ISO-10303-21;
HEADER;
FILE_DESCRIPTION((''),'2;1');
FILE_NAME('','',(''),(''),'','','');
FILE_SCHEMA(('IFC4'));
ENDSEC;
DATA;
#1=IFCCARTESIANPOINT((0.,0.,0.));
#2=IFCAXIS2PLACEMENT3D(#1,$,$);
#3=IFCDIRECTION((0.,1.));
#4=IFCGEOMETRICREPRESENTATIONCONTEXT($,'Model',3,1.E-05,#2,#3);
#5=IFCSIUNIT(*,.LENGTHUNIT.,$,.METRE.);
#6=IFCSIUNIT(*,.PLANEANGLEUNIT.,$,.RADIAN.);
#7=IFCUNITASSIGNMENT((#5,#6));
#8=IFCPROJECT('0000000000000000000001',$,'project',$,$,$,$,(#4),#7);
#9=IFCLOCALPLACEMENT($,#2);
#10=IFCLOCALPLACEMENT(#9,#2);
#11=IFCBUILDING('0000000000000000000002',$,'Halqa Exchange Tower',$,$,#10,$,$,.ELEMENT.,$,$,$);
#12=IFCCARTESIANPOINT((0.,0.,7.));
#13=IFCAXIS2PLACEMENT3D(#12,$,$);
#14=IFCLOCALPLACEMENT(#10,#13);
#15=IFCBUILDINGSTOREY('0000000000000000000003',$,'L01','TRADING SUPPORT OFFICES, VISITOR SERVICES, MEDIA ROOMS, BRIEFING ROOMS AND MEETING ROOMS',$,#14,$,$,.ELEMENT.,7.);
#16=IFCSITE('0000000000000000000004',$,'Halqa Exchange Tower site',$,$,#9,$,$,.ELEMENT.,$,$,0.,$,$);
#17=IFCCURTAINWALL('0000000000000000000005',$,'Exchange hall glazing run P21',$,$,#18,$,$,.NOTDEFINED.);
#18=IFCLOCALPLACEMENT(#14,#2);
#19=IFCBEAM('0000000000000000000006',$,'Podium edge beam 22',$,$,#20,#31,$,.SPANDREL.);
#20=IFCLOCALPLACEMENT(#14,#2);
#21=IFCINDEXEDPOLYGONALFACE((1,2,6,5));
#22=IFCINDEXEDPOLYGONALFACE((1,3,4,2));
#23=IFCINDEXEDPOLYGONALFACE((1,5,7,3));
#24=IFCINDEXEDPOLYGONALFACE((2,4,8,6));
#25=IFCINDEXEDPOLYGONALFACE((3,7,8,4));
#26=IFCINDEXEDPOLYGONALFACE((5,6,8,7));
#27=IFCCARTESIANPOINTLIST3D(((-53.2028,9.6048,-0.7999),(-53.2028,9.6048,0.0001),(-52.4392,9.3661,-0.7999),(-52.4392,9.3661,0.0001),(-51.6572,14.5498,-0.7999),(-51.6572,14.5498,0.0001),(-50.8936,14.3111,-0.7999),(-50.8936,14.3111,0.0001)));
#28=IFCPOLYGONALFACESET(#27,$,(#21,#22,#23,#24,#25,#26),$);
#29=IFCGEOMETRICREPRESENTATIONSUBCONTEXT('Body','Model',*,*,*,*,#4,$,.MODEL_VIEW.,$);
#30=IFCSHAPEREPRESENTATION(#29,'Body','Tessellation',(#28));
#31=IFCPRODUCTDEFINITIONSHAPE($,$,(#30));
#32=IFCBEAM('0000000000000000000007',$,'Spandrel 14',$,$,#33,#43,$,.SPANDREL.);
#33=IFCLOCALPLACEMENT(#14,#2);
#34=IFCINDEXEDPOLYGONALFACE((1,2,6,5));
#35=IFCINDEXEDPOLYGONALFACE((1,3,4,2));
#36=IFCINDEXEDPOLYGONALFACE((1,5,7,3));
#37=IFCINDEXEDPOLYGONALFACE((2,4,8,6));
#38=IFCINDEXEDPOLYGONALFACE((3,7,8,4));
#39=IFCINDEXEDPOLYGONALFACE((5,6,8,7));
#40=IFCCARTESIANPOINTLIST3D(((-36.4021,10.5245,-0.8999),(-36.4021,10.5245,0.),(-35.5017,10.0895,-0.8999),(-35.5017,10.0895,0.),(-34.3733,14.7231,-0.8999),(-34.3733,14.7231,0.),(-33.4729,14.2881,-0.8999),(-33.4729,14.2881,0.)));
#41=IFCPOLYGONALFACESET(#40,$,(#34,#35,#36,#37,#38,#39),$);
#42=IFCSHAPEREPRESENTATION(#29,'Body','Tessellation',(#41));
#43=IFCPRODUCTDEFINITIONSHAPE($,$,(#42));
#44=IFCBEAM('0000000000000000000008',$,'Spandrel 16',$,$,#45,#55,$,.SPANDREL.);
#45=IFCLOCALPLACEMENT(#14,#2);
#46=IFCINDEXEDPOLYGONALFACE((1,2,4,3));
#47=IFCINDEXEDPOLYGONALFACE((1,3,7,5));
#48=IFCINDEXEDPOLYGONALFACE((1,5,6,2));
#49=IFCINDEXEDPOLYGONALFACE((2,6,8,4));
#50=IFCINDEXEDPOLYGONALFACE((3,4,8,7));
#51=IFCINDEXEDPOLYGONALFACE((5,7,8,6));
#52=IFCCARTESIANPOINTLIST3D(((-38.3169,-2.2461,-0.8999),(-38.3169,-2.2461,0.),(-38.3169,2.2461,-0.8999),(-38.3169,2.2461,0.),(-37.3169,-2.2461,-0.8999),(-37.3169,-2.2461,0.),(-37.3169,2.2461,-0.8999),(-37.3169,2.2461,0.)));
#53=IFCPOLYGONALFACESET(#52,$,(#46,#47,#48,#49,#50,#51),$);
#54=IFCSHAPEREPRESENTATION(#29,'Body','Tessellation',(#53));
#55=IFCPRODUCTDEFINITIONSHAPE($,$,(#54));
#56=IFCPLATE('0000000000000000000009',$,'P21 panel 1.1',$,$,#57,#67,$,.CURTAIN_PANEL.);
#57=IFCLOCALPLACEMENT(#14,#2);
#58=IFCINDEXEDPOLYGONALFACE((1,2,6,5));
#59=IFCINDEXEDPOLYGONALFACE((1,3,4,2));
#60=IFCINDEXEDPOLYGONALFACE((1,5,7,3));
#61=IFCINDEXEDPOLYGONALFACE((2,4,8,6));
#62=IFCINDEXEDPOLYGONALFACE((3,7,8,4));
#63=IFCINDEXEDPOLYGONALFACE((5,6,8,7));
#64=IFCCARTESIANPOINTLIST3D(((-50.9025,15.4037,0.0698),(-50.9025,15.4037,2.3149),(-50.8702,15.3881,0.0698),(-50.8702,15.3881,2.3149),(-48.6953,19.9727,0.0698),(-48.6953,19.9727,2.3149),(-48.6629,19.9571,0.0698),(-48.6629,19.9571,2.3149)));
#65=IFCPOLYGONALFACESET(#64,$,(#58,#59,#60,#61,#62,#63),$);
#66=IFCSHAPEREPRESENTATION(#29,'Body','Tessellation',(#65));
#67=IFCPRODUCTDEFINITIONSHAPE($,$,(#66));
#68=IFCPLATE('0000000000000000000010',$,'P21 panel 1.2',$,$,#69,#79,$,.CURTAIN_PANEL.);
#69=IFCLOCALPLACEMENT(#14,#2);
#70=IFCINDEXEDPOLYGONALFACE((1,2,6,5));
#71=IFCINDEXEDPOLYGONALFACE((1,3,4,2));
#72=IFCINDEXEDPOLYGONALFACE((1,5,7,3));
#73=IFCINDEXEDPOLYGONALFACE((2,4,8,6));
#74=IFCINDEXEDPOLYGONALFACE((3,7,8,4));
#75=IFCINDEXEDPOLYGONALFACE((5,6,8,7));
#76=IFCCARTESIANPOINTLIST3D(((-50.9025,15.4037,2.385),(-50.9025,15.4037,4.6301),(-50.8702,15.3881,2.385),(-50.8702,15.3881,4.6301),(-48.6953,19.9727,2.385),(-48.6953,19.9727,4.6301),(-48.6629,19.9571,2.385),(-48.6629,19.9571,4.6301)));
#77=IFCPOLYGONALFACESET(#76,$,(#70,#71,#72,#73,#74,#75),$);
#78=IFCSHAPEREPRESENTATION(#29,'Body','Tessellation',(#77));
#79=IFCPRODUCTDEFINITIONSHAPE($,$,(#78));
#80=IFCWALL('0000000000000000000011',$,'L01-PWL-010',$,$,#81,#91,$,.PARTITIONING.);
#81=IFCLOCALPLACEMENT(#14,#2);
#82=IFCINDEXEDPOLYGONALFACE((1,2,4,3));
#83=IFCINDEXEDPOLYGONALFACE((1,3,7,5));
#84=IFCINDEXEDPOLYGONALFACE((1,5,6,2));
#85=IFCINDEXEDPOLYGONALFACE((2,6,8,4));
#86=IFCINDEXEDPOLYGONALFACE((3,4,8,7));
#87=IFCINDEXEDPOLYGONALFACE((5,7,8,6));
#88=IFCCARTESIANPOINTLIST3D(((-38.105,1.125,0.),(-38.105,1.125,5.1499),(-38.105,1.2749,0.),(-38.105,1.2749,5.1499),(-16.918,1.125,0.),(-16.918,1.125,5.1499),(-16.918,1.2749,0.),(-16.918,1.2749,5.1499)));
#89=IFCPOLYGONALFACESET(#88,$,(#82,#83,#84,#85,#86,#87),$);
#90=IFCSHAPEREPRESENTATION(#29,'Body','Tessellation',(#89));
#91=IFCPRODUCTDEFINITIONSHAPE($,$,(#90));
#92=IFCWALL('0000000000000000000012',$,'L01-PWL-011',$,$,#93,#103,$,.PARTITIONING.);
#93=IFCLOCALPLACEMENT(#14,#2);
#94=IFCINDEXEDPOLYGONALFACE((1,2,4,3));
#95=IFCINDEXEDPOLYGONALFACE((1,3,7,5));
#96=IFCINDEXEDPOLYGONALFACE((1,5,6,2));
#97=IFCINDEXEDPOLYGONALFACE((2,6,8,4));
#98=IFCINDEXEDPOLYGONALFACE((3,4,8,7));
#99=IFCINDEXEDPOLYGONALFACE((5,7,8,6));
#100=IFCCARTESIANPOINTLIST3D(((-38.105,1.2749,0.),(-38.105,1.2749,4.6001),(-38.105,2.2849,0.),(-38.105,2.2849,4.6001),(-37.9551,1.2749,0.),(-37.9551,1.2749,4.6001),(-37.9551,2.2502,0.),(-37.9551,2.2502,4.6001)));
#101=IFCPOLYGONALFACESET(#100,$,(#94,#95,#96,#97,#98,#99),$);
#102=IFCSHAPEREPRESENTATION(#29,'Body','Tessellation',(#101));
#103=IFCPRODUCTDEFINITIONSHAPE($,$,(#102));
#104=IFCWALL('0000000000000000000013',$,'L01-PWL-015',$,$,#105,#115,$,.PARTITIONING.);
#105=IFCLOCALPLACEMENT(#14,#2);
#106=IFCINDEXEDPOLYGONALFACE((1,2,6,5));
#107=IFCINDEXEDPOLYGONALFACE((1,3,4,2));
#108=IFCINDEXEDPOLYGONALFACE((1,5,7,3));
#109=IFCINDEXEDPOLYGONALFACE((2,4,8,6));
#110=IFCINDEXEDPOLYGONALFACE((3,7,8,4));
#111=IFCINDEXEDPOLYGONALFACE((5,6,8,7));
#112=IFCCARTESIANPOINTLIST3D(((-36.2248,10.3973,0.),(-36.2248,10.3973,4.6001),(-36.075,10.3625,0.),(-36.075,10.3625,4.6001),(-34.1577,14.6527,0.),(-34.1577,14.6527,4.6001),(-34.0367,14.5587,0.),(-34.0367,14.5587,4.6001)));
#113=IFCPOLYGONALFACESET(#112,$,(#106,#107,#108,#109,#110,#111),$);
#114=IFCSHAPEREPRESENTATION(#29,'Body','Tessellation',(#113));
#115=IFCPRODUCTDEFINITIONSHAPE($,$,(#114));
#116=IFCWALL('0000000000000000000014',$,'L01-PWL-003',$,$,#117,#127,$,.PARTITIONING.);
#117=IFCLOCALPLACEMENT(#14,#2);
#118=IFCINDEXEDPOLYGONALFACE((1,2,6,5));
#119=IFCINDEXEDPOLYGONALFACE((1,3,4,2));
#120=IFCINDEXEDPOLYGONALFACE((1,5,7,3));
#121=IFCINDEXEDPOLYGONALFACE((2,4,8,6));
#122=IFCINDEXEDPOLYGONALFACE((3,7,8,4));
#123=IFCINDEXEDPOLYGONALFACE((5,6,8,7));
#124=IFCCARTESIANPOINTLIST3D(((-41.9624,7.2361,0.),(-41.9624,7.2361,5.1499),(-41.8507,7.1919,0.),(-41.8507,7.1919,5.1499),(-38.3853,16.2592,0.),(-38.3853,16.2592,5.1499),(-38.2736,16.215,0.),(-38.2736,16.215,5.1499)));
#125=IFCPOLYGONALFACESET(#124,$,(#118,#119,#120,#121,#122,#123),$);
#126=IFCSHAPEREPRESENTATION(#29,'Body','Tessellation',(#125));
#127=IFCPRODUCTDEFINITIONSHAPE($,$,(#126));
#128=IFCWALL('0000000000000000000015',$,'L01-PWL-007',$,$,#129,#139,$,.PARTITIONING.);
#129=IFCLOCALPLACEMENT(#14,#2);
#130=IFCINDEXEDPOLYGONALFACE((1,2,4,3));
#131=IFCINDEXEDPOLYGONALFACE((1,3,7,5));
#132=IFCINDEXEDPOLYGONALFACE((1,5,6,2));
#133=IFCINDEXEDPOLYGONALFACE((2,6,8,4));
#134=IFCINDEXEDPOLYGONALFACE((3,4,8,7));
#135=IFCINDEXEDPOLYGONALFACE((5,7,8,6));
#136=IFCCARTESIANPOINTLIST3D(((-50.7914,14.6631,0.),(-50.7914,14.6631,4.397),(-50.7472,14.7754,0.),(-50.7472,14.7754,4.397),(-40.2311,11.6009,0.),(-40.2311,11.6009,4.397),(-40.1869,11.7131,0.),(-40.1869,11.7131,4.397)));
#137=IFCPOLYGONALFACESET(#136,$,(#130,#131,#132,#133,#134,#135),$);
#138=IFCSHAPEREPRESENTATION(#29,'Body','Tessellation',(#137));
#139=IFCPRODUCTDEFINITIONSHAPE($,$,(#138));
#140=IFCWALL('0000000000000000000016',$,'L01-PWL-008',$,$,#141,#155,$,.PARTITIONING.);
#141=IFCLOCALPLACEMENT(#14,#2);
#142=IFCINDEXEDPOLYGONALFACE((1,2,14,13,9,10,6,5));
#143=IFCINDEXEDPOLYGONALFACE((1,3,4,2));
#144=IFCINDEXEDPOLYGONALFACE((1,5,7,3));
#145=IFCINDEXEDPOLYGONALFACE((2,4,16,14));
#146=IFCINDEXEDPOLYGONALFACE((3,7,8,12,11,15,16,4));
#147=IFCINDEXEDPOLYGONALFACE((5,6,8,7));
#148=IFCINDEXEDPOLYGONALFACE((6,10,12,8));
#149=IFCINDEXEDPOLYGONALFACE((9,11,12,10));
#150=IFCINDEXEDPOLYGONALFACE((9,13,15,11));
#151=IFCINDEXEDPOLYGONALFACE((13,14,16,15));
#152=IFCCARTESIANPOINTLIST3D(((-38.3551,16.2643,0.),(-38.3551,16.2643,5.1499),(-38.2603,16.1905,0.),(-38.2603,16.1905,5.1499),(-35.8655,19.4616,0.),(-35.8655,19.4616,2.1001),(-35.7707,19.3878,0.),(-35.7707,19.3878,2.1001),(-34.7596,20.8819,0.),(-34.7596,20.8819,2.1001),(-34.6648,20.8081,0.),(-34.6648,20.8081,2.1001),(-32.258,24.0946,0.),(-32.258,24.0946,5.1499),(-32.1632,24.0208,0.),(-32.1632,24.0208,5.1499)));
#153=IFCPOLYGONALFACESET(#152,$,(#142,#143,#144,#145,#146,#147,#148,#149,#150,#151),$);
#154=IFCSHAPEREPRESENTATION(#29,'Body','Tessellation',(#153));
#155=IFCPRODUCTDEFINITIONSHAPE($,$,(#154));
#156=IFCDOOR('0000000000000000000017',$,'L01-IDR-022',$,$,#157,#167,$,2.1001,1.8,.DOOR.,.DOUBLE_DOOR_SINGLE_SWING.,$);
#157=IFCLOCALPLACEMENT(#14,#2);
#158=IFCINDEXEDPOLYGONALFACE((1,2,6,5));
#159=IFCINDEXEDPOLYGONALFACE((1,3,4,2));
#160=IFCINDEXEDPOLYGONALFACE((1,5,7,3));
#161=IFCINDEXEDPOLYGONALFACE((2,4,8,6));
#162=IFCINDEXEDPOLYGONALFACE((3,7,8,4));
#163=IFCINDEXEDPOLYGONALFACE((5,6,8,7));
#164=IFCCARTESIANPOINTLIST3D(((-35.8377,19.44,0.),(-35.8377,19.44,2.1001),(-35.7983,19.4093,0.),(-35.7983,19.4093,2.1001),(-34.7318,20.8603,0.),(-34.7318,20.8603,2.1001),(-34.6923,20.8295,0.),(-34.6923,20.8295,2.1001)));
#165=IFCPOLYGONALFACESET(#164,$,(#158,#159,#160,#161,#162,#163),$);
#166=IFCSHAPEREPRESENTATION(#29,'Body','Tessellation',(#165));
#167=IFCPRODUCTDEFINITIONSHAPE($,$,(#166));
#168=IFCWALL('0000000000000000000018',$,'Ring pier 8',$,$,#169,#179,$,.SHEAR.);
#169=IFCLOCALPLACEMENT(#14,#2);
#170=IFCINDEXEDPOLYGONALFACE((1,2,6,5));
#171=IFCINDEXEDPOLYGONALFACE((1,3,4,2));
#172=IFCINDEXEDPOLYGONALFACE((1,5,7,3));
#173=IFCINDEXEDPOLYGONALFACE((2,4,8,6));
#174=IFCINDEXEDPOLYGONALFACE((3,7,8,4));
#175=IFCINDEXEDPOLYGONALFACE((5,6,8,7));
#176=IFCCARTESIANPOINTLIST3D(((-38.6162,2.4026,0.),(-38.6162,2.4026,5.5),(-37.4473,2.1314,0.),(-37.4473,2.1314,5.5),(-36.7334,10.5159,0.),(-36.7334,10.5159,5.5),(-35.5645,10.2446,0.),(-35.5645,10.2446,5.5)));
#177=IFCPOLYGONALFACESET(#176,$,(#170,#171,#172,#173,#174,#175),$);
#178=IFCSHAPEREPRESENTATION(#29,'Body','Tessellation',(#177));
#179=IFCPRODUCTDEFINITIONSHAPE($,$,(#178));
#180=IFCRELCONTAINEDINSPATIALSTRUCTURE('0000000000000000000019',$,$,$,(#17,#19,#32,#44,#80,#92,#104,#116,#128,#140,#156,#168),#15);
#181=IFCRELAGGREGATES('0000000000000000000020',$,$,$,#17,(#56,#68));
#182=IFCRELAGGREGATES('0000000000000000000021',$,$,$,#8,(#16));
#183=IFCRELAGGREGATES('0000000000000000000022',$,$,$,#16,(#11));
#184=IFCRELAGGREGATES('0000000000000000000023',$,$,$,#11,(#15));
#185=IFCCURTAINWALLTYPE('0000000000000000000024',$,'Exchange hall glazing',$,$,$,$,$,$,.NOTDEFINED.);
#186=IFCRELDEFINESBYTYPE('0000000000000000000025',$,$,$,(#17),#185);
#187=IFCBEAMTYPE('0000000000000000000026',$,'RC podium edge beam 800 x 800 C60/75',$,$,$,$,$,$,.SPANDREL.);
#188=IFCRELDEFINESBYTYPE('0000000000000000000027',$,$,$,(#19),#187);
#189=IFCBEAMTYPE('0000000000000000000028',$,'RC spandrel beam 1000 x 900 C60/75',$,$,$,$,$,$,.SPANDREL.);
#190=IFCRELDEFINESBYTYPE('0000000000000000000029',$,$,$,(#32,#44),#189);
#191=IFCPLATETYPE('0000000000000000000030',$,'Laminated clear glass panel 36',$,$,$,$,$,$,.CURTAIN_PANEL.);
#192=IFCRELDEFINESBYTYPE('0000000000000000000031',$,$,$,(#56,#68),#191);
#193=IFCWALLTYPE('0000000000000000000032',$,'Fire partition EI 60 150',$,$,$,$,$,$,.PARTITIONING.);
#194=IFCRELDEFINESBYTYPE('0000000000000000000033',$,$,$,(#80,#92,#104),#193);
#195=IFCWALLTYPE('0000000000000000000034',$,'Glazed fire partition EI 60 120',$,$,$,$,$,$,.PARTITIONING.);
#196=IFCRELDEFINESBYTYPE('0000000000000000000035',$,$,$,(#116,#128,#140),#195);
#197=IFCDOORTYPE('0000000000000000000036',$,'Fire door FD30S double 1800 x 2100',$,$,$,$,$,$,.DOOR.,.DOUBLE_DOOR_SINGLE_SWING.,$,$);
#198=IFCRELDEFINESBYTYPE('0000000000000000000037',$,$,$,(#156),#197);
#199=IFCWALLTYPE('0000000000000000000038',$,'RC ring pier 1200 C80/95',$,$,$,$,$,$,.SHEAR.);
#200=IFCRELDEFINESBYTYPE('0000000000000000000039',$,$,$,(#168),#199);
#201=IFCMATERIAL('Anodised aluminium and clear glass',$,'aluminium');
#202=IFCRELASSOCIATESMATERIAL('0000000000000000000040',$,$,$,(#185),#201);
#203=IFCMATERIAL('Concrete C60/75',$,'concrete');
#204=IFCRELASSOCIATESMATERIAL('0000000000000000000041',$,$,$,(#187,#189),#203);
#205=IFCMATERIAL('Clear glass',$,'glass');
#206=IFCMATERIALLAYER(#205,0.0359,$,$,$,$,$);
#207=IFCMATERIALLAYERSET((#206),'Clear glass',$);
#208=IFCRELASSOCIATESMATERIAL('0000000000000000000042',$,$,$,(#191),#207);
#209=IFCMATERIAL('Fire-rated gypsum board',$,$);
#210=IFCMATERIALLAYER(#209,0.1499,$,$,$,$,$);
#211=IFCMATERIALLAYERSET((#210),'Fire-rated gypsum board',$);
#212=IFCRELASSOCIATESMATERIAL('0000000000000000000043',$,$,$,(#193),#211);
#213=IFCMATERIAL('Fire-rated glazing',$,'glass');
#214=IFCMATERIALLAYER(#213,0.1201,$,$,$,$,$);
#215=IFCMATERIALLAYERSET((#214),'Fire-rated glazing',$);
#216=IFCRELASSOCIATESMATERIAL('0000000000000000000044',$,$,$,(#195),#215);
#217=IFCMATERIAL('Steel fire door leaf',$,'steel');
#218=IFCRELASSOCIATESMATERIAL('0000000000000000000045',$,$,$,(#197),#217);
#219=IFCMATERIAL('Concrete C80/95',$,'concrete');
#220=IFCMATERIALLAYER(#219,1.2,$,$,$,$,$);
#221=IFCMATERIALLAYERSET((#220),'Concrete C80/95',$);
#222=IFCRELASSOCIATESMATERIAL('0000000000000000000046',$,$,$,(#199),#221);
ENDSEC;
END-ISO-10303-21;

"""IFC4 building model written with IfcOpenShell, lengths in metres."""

from ifc_helpers import new_model, si_unit, direction, frame, frame_2d, origin, origin_2d, place, context, subcontext, project, spatial, polyline, rectangle, outline, extrude, material, layer, layer_set, material_profile, profile_set, type_object, element, fill, aggregate, save


model = new_model("IFC4")

# Units and contexts
model_context = context("Model", 3, precision=1e-05, world=origin(), true_north=direction((0.0, 1.0)))
body_context = subcontext(model_context, "Body", "Model", "MODEL_VIEW")
ifc_project = project(units=[si_unit("LENGTHUNIT", "METRE"), si_unit("PLANEANGLEUNIT", "RADIAN")], contexts=[model_context])

# Site, building, storey
site_placement = place(None, origin())
site = spatial("IfcSite", under=ifc_project, at=site_placement, Name="Halqa Exchange Tower site", CompositionType="ELEMENT", RefElevation=0.0)
building_placement = place(site_placement, origin())
building = spatial("IfcBuilding", under=site, at=building_placement, Name="Halqa Exchange Tower", CompositionType="ELEMENT")
storey_placement = place(building_placement, frame((0.0, 0.0, 7.0)))
storey = spatial("IfcBuildingStorey", under=building, at=storey_placement, Name="L01", Description="TRADING SUPPORT OFFICES, VISITOR SERVICES, MEDIA ROOMS, BRIEFING ROOMS AND MEETING ROOMS", CompositionType="ELEMENT", Elevation=7.0)

# Shared definitions
ifc_material_1 = material(Name="Concrete C60/75", Category="concrete")

# Curtain wall
ifc_material_2 = material(Name="Anodised aluminium and clear glass", Category="aluminium")
curtain_wall_type = type_object("IfcCurtainWallType", Name="Exchange hall glazing", PredefinedType="NOTDEFINED", material=ifc_material_2)
curtain_wall_placement = place(storey_placement, origin())
curtain_wall = element("IfcCurtainWall", 1, at=curtain_wall_placement, inside=storey, type_object=curtain_wall_type, Name="Exchange hall glazing run P21", PredefinedType="NOTDEFINED")

# Beams
ifc_material_profile_1 = material_profile(ifc_material_1, rectangle(XDim=0.8, YDim=0.8, at=origin_2d()), Name="800 x 800")
ifc_profile_set_1 = profile_set([ifc_material_profile_1], Name="Concrete C60/75")
beam_type_1 = type_object("IfcBeamType", Name="RC podium edge beam 800 x 800 C60/75", PredefinedType="SPANDREL", material=ifc_profile_set_1)
beam_1_placement = place(storey_placement, frame((-51.2754, 14.4304, -0.3999), z_axis=(-0.298331, -0.954462, 0.0), x_axis=(0.954462, -0.298331, 0.0)))
element("IfcBeam", 2, at=beam_1_placement, inside=storey, type_object=beam_type_1, Name="Podium edge beam 22", PredefinedType="SPANDREL", context=body_context, shape_type="SweptSolid", body=[
    extrude(rectangle(XDim=0.8, YDim=0.8, at=origin_2d()), origin(), (0.0, 0.0, 1.0), 5.1809),
])
ifc_material_profile_2 = material_profile(ifc_material_1, rectangle(XDim=1.0, YDim=0.8999, at=origin_2d()), Name="1000 x 900")
ifc_profile_set_2 = profile_set([ifc_material_profile_2], Name="Concrete C60/75")
beam_type_2 = type_object("IfcBeamType", Name="RC spandrel beam 1000 x 900 C60/75", PredefinedType="SPANDREL", material=ifc_profile_set_2)
beam_2_placement = place(storey_placement, frame((-33.9231, 14.5056, -0.45), z_axis=(-0.435068, -0.900397, 0.0), x_axis=(0.900397, -0.435068, 0.0)))
element("IfcBeam", 3, at=beam_2_placement, inside=storey, type_object=beam_type_2, Name="Spandrel 14", PredefinedType="SPANDREL", context=body_context, shape_type="SweptSolid", body=[
    extrude(rectangle(XDim=1.0, YDim=0.8999, at=origin_2d()), origin(), (0.0, 0.0, 1.0), 4.6631),
])
beam_3_placement = place(storey_placement, frame((-37.8169, 2.2461, -0.45), z_axis=(0.0, -1.0, 0.0), x_axis=(1.0, 0.0, 0.0)))
element("IfcBeam", 4, at=beam_3_placement, inside=storey, type_object=beam_type_2, Name="Spandrel 16", PredefinedType="SPANDREL", context=body_context, shape_type="SweptSolid", body=[
    extrude(rectangle(XDim=1.0, YDim=0.8999, at=origin_2d()), origin(), (0.0, 0.0, 1.0), 4.4922),
])

# Plates
ifc_material_3 = material(Name="Clear glass", Category="glass")
ifc_layer_1 = layer(ifc_material_3, 0.0359)
ifc_layer_set_1 = layer_set([ifc_layer_1], Name="Clear glass")
plate_type = type_object("IfcPlateType", Name="Laminated clear glass panel 36", PredefinedType="CURTAIN_PANEL", material=ifc_layer_set_1)
plate_1_placement = place(storey_placement, frame((-49.7827, 17.6804, 0.0698), z_axis=(0.0, 0.0, 1.0), x_axis=(-0.43499, -0.900435, 0.0)))
plate_1 = element("IfcPlate", 5, at=plate_1_placement, type_object=plate_type, Name="P21 panel 1.1", PredefinedType="CURTAIN_PANEL", context=body_context, shape_type="SweptSolid", body=[
    extrude(rectangle(XDim=5.0742, YDim=0.0359, at=origin_2d()), origin(), (0.0, 0.0, 1.0), 2.2451),
])
plate_2_placement = place(storey_placement, frame((-49.7827, 17.6804, 2.385), z_axis=(0.0, 0.0, 1.0), x_axis=(-0.43499, -0.900435, 0.0)))
plate_2 = element("IfcPlate", 6, at=plate_2_placement, type_object=plate_type, Name="P21 panel 1.2", PredefinedType="CURTAIN_PANEL", context=body_context, shape_type="SweptSolid", body=[
    extrude(rectangle(XDim=5.0742, YDim=0.0359, at=origin_2d()), origin(), (0.0, 0.0, 1.0), 2.2451),
])
aggregate(curtain_wall, [plate_1, plate_2])

# Walls
ifc_material_4 = material(Name="Fire-rated gypsum board")
ifc_layer_2 = layer(ifc_material_4, 0.1499)
ifc_layer_set_2 = layer_set([ifc_layer_2], Name="Fire-rated gypsum board")
wall_type_1 = type_object("IfcWallType", Name="Fire partition EI 60 150", PredefinedType="PARTITIONING", material=ifc_layer_set_2)
wall_1_placement = place(storey_placement, frame((-38.105, 1.2, 0.0), z_axis=(0.0, 0.0, 1.0), x_axis=(1.0, 0.0, 0.0)))
element("IfcWall", 7, at=wall_1_placement, inside=storey, type_object=wall_type_1, Name="L01-PWL-010", PredefinedType="PARTITIONING", context=body_context, shape_type="SweptSolid", body=[
    extrude(rectangle(XDim=21.187, YDim=0.1499, at=frame_2d((10.5935, 0.0))), origin(), (0.0, 0.0, 1.0), 5.1499),
])
wall_2_placement = place(storey_placement, frame((-38.03, 2.2676, 0.0), z_axis=(0.0, 0.0, 1.0), x_axis=(0.0, -1.0, 0.0)))
element("IfcWall", 8, at=wall_2_placement, inside=storey, type_object=wall_type_1, Name="L01-PWL-011", PredefinedType="PARTITIONING", context=body_context, shape_type="SweptSolid", body=[
    extrude(outline(polyline([(-0.0173, -0.075), (0.9927, -0.075), (0.9927, 0.075), (0.0173, 0.075), (-0.0173, -0.075)])), origin(), (0.0, 0.0, 1.0), 4.6001),
])
wall_3_placement = place(storey_placement, frame((-34.0972, 14.6057, 0.0), z_axis=(0.0, 0.0, 1.0), x_axis=(-0.436936, -0.899492, 0.0)))
element("IfcWall", 9, at=wall_3_placement, inside=storey, type_object=wall_type_1, Name="L01-PWL-015", PredefinedType="PARTITIONING", context=body_context, shape_type="SweptSolid", body=[
    extrude(outline(polyline([(-0.0159, -0.075), (4.7151, -0.075), (4.6809, 0.075), (0.0159, 0.075), (-0.0159, -0.075)])), origin(), (0.0, 0.0, 1.0), 4.6001),
])
ifc_material_5 = material(Name="Fire-rated glazing", Category="glass")
ifc_layer_3 = layer(ifc_material_5, 0.1201)
ifc_layer_set_3 = layer_set([ifc_layer_3], Name="Fire-rated glazing")
wall_type_2 = type_object("IfcWallType", Name="Glazed fire partition EI 60 120", PredefinedType="PARTITIONING", material=ifc_layer_set_3)
wall_4_placement = place(storey_placement, frame((-41.9065, 7.2141, 0.0), z_axis=(0.0, 0.0, 1.0), x_axis=(0.368535, 0.929614, 0.0)))
element("IfcWall", 10, at=wall_4_placement, inside=storey, type_object=wall_type_2, Name="L01-PWL-003", PredefinedType="PARTITIONING", context=body_context, shape_type="SweptSolid", body=[
    extrude(rectangle(XDim=9.7063, YDim=0.1201, at=frame_2d((4.853, 0.0))), origin(), (0.0, 0.0, 1.0), 5.1499),
])
wall_5_placement = place(storey_placement, frame((-40.209, 11.657, 0.0), z_axis=(0.0, 0.0, 1.0), x_axis=(-0.960435, 0.278505, 0.0)))
element("IfcWall", 11, at=wall_5_placement, inside=storey, type_object=wall_type_2, Name="L01-PWL-007", PredefinedType="PARTITIONING", context=body_context, shape_type="SweptSolid", body=[
    extrude(outline(polyline([(-0.0056, -0.0601), (10.9897, -0.0601), (11.001, 0.0601), (0.0056, 0.0601), (-0.0056, -0.0601)])), origin(), (0.0, 0.0, 1.0), 4.397),
])

# Wall, opening, door
wall_6_placement = place(storey_placement, frame((-38.3076, 16.2275, 0.0), z_axis=(0.0, 0.0, 1.0), x_axis=(0.614375, 0.789014, 0.0)))
wall_6 = element("IfcWall", 12, at=wall_6_placement, inside=storey, type_object=wall_type_2, Name="L01-PWL-008", PredefinedType="PARTITIONING", context=body_context, shape_type="SweptSolid", body=[
    extrude(rectangle(XDim=9.9241, YDim=0.1201, at=frame_2d((4.9619, 0.0))), origin(), (0.0, 0.0, 1.0), 5.1499),
])
opening_placement = place(wall_6_placement, frame((4.0522, 0.0, 0.0)))
opening = element("IfcOpeningElement", 13, at=opening_placement, cuts=wall_6, PredefinedType="OPENING", context=body_context, shape_type="SweptSolid", body=[
    extrude(rectangle(XDim=1.8, YDim=2.1001, at=frame_2d((0.8999, 1.05))), frame((0.0, 0.072, 0.0), z_axis=(0.0, -1.0, 0.0), x_axis=(1.0, 0.0, 0.0)), (0.0, 0.0, 1.0), 0.144),
])
ifc_material_6 = material(Name="Steel fire door leaf", Category="steel")
door_type = type_object("IfcDoorType", Name="Fire door FD30S double 1800 x 2100", OperationType="DOUBLE_DOOR_SINGLE_SWING", PredefinedType="DOOR", material=ifc_material_6)
door_placement = place(opening_placement, origin())
door = element("IfcDoor", 14, at=door_placement, inside=storey, type_object=door_type, Name="L01-IDR-022", OperationType="DOUBLE_DOOR_SINGLE_SWING", OverallHeight=2.1001, OverallWidth=1.8, PredefinedType="DOOR", context=body_context, shape_type="SweptSolid", body=[
    extrude(rectangle(XDim=1.8, YDim=2.1001, at=frame_2d((0.8999, 1.05))), frame((0.0, 0.0249, 0.0), z_axis=(0.0, -1.0, 0.0), x_axis=(1.0, 0.0, 0.0)), (0.0, 0.0, 1.0), 0.05),
])
fill(opening, door)

# Wall
ifc_material_7 = material(Name="Concrete C80/95", Category="concrete")
ifc_layer_4 = layer(ifc_material_7, 1.2)
ifc_layer_set_4 = layer_set([ifc_layer_4], Name="Concrete C80/95")
wall_type_3 = type_object("IfcWallType", Name="RC ring pier 1200 C80/95", PredefinedType="SHEAR", material=ifc_layer_set_4)
wall_7_placement = place(storey_placement, frame((-36.1489, 10.3804, 0.0), z_axis=(0.0, 0.0, 1.0), x_axis=(-0.226058, -0.974114, 0.0)))
element("IfcWall", 15, at=wall_7_placement, inside=storey, type_object=wall_type_3, Name="Ring pier 8", PredefinedType="SHEAR", context=body_context, shape_type="SweptSolid", body=[
    extrude(rectangle(XDim=8.3289, YDim=1.2, at=frame_2d((4.1646, 0.0))), origin(), (0.0, 0.0, 1.0), 5.5),
])

save(model, "model.ifc")
